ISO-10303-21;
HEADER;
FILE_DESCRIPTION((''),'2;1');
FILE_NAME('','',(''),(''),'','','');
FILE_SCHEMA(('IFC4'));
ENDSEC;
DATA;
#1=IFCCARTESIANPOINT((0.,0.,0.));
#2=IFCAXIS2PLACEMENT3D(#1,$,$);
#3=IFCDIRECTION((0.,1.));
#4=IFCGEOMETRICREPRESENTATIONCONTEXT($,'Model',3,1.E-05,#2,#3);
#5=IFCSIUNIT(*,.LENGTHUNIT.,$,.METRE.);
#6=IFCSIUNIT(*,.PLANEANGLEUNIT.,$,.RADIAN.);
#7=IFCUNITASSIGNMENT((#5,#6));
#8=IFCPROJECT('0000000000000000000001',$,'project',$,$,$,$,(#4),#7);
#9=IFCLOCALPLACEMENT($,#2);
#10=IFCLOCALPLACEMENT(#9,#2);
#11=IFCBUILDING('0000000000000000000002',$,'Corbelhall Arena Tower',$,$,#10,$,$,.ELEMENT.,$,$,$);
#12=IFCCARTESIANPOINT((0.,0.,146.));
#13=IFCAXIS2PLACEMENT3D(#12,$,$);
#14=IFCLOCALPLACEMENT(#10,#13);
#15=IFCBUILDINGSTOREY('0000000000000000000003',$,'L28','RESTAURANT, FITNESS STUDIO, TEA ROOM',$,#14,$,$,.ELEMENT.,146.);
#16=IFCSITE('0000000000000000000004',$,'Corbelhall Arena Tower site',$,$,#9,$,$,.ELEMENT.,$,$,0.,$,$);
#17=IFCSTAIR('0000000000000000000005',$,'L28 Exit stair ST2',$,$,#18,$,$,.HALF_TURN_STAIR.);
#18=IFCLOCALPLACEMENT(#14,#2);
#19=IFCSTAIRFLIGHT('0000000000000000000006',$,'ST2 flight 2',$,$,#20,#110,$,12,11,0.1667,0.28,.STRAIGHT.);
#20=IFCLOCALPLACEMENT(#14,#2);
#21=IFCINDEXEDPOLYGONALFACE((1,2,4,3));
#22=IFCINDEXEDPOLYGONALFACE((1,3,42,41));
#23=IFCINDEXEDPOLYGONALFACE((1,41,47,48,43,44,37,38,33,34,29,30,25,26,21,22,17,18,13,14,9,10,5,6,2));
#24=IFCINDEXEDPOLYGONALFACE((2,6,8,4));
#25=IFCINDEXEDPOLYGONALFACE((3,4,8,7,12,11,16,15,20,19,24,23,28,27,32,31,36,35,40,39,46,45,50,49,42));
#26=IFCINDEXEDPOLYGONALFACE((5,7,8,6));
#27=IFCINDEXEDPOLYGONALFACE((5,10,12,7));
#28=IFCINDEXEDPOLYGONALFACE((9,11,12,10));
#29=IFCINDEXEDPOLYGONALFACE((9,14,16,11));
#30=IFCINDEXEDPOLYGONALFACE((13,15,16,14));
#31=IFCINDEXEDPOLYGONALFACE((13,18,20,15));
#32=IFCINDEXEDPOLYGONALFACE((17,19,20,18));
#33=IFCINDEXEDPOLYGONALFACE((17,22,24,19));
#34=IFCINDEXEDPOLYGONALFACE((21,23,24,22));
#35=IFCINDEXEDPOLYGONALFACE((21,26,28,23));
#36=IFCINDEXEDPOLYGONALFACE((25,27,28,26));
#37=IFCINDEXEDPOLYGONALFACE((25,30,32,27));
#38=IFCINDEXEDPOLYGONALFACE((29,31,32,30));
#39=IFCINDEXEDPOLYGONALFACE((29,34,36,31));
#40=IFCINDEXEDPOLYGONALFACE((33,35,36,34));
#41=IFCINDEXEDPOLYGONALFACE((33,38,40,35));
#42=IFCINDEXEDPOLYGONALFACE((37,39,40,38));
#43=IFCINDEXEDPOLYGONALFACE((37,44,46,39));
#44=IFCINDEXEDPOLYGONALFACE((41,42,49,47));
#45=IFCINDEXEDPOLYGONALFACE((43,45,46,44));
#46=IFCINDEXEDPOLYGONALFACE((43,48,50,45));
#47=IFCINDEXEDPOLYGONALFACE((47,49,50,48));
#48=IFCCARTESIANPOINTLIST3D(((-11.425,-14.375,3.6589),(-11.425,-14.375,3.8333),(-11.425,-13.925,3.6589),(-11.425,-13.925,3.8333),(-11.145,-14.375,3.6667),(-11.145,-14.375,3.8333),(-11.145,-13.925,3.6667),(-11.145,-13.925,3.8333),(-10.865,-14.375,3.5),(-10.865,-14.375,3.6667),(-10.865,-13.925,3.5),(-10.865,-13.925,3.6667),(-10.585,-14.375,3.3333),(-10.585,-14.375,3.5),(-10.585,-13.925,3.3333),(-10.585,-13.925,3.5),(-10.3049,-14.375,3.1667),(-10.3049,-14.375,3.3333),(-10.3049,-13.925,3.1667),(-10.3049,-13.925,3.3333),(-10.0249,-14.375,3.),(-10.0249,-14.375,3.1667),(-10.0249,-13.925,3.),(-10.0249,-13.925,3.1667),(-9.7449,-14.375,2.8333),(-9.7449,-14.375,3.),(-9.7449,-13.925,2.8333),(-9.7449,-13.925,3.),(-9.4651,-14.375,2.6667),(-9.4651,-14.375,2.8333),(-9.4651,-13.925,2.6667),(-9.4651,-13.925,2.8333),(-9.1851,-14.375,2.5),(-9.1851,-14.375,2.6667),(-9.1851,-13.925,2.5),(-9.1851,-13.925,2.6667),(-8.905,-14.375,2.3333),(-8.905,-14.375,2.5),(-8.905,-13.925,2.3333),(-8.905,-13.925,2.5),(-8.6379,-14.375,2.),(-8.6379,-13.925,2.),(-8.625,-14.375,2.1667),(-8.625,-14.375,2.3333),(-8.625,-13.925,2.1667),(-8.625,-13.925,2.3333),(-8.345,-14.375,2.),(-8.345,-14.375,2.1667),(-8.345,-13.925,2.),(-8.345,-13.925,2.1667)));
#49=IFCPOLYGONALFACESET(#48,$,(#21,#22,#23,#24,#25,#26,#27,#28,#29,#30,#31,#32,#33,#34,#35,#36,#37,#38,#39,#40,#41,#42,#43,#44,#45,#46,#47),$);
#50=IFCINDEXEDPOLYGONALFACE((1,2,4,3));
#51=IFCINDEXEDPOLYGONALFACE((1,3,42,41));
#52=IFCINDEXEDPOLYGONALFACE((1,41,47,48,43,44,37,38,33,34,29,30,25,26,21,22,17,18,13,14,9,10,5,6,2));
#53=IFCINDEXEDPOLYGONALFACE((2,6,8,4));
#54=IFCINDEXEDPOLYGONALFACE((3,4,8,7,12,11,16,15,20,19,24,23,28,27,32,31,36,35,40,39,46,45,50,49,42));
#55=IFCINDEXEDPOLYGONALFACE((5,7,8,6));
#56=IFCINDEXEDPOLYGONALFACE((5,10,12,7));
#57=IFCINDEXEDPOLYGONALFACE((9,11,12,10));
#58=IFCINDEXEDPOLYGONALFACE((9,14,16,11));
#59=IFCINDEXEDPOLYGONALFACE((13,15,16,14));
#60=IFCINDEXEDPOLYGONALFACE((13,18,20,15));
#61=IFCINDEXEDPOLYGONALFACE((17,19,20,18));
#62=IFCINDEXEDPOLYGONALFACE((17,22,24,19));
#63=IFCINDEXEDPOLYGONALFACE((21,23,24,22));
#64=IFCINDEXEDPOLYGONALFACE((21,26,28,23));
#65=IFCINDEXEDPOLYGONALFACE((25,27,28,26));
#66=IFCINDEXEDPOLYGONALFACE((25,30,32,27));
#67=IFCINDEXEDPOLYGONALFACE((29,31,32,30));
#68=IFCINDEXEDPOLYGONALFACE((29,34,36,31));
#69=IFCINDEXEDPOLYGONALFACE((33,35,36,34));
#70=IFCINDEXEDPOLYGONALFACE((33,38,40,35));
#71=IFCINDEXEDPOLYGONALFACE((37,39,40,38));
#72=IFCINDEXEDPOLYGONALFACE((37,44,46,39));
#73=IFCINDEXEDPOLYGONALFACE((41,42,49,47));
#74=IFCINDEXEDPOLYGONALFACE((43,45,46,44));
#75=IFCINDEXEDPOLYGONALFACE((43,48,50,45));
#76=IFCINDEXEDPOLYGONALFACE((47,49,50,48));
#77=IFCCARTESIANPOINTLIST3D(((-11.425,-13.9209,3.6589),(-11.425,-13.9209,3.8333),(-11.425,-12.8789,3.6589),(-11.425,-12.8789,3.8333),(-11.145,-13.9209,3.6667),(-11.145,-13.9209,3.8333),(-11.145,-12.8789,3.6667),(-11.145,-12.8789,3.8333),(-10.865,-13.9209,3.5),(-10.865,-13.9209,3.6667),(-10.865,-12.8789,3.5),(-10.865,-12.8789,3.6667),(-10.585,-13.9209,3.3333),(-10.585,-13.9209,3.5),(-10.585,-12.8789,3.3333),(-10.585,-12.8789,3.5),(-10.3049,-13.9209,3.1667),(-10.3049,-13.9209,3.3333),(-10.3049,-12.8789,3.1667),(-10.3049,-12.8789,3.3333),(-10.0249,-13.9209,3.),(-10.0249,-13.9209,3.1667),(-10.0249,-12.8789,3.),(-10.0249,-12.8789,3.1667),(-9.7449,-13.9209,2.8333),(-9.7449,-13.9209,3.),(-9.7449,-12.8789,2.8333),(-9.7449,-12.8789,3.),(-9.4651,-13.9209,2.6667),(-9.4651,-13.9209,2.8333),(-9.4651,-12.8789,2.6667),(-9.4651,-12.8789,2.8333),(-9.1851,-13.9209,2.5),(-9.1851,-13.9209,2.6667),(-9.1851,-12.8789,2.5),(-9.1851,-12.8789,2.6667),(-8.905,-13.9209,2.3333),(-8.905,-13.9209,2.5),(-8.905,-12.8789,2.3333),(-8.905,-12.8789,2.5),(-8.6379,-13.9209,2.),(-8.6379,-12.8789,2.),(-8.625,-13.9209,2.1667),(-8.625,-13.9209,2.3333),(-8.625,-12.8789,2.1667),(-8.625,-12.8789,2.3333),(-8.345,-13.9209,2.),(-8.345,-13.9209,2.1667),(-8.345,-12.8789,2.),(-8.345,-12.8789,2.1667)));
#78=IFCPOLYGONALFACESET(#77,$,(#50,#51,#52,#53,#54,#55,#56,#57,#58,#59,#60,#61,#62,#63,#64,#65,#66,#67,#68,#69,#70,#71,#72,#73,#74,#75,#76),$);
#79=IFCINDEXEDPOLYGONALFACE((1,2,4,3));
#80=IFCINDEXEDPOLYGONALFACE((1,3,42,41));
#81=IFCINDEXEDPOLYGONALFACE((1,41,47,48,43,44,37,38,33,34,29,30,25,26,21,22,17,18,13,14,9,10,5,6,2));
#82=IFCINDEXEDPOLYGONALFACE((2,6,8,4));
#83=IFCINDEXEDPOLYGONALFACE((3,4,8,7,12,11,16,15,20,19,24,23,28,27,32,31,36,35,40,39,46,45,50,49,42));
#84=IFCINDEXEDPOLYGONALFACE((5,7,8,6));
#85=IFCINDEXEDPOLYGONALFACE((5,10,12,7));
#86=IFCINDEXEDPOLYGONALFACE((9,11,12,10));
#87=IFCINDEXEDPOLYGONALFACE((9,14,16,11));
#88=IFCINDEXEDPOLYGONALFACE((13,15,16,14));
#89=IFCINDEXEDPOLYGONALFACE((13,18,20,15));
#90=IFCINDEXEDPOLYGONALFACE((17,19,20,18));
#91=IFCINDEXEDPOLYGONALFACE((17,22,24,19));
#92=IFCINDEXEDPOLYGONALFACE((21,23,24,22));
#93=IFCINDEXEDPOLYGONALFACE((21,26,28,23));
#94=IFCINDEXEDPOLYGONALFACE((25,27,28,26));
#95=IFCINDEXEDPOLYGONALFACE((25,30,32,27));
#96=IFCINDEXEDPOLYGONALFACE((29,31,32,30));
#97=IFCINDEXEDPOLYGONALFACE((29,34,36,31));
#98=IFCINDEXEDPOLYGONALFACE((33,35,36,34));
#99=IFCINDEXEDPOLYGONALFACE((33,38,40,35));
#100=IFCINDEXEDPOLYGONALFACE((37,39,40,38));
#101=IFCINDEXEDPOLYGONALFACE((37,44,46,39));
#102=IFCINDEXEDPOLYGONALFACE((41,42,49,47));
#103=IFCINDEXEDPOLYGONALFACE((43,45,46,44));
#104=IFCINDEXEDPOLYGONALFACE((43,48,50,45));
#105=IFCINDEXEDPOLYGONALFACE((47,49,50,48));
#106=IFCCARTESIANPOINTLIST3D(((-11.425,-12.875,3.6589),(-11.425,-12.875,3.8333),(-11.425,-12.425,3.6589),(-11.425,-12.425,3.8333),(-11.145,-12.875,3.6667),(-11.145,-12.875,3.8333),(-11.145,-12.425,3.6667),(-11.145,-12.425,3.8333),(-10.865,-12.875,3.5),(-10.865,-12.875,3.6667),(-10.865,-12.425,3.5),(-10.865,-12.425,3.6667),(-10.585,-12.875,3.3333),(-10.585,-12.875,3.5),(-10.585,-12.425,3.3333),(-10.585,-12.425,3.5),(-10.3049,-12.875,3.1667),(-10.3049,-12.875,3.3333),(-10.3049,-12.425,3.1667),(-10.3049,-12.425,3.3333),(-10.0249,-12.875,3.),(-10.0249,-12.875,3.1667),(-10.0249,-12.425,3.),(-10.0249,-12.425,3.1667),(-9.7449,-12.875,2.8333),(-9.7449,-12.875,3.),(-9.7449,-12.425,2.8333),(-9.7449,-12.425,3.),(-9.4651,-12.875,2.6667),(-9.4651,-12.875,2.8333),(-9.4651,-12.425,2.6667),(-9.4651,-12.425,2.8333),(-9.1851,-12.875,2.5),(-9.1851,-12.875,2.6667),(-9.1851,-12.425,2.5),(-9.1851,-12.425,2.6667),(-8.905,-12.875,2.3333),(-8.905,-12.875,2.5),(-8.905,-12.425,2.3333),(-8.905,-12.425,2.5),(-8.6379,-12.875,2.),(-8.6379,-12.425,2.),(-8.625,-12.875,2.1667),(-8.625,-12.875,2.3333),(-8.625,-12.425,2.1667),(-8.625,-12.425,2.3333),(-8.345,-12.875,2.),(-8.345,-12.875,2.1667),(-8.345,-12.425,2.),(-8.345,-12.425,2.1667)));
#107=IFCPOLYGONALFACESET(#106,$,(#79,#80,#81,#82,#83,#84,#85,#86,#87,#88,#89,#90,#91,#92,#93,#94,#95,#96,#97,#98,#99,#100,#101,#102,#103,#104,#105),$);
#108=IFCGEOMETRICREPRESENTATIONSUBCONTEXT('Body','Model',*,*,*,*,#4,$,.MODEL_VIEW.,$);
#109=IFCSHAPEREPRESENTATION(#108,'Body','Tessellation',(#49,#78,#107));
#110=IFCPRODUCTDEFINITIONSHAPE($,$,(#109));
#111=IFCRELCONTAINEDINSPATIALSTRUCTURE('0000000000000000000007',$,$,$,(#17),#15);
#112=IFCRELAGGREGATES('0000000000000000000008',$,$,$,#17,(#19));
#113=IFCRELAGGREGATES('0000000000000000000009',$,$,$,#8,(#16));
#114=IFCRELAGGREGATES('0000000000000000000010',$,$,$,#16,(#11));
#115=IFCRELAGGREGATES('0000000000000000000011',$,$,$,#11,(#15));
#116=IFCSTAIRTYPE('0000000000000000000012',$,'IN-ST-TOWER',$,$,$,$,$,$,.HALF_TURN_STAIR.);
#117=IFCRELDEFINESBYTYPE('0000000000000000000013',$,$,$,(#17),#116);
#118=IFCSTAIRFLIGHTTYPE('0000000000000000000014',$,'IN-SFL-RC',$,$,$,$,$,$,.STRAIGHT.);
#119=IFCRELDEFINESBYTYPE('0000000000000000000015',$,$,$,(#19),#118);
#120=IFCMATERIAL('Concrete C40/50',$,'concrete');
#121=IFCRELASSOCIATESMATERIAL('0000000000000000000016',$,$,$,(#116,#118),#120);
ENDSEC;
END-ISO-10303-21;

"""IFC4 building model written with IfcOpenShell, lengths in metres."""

from ifc_helpers import new_model, si_unit, direction, frame, origin, place, context, subcontext, project, spatial, polyline, outline, extrude, material, type_object, element, aggregate, save


model = new_model("IFC4")

# Units and contexts
model_context = context("Model", 3, precision=1e-05, world=origin(), true_north=direction((0.0, 1.0)))
body_context = subcontext(model_context, "Body", "Model", "MODEL_VIEW")
ifc_project = project(units=[si_unit("LENGTHUNIT", "METRE"), si_unit("PLANEANGLEUNIT", "RADIAN")], contexts=[model_context])

# Site, building, storey
site_placement = place(None, origin())
site = spatial("IfcSite", under=ifc_project, at=site_placement, Name="Corbelhall Arena Tower site", CompositionType="ELEMENT", RefElevation=0.0)
building_placement = place(site_placement, origin())
building = spatial("IfcBuilding", under=site, at=building_placement, Name="Corbelhall Arena Tower", CompositionType="ELEMENT")
storey_placement = place(building_placement, frame((0.0, 0.0, 146.0)))
storey = spatial("IfcBuildingStorey", under=building, at=storey_placement, Name="L28", Description="RESTAURANT, FITNESS STUDIO, TEA ROOM", CompositionType="ELEMENT", Elevation=146.0)

# Shared definitions
ifc_material_1 = material(Name="Concrete C40/50", Category="concrete")

# Stair, stair flight
stair_type = type_object("IfcStairType", Name="IN-ST-TOWER", PredefinedType="HALF_TURN_STAIR", material=ifc_material_1)
stair_placement = place(storey_placement, origin())
stair = element("IfcStair", 1, at=stair_placement, inside=storey, type_object=stair_type, Name="L28 Exit stair ST2", PredefinedType="HALF_TURN_STAIR")
stair_flight_type = type_object("IfcStairFlightType", Name="IN-SFL-RC", PredefinedType="STRAIGHT", material=ifc_material_1)
stair_flight_placement = place(storey_placement, frame((-8.345, -13.3999, 2.0), z_axis=(0.0, 0.0, 1.0), x_axis=(-1.0, 0.0, 0.0)))
stair_flight = element("IfcStairFlight", 2, at=stair_flight_placement, type_object=stair_flight_type, Name="ST2 flight 2", NumberOfRisers=12, NumberOfTreads=11, PredefinedType="STRAIGHT", RiserHeight=0.1667, TreadLength=0.28, context=body_context, shape_type="SweptSolid", body=[
    extrude(outline(polyline([(0.0, 0.0), (0.0, 0.1667), (0.28, 0.1667), (0.28, 0.3333), (0.5601, 0.3333), (0.5601, 0.5), (0.8401, 0.5), (0.8401, 0.6667), (1.1201, 0.6667), (1.1201, 0.8333), (1.3999, 0.8333), (1.3999, 1.0), (1.6799, 1.0), (1.6799, 1.1667), (1.96, 1.1667), (1.96, 1.3333), (2.24, 1.3333), (2.24, 1.5), (2.52, 1.5), (2.52, 1.6667), (2.8, 1.6667), (2.8, 1.8333), (3.0801, 1.8333), (3.0801, 2.0), (3.0801, 1.6589), (0.293, 0.0), (0.0, 0.0)])), frame((0.0, 0.9751, 0.0), z_axis=(0.0, -1.0, 0.0), x_axis=(1.0, 0.0, 0.0)), (0.0, 0.0, 1.0), 0.45),
    extrude(outline(polyline([(0.0, 0.0), (0.0, 0.1667), (0.28, 0.1667), (0.28, 0.3333), (0.5601, 0.3333), (0.5601, 0.5), (0.8401, 0.5), (0.8401, 0.6667), (1.1201, 0.6667), (1.1201, 0.8333), (1.3999, 0.8333), (1.3999, 1.0), (1.6799, 1.0), (1.6799, 1.1667), (1.96, 1.1667), (1.96, 1.3333), (2.24, 1.3333), (2.24, 1.5), (2.52, 1.5), (2.52, 1.6667), (2.8, 1.6667), (2.8, 1.8333), (3.0801, 1.8333), (3.0801, 2.0), (3.0801, 1.6589), (0.293, 0.0), (0.0, 0.0)])), frame((0.0, 0.521, 0.0), z_axis=(0.0, -1.0, 0.0), x_axis=(1.0, 0.0, 0.0)), (0.0, 0.0, 1.0), 1.042),
    extrude(outline(polyline([(0.0, 0.0), (0.0, 0.1667), (0.28, 0.1667), (0.28, 0.3333), (0.5601, 0.3333), (0.5601, 0.5), (0.8401, 0.5), (0.8401, 0.6667), (1.1201, 0.6667), (1.1201, 0.8333), (1.3999, 0.8333), (1.3999, 1.0), (1.6799, 1.0), (1.6799, 1.1667), (1.96, 1.1667), (1.96, 1.3333), (2.24, 1.3333), (2.24, 1.5), (2.52, 1.5), (2.52, 1.6667), (2.8, 1.6667), (2.8, 1.8333), (3.0801, 1.8333), (3.0801, 2.0), (3.0801, 1.6589), (0.293, 0.0), (0.0, 0.0)])), frame((0.0, -0.5249, 0.0), z_axis=(0.0, -1.0, 0.0), x_axis=(1.0, 0.0, 0.0)), (0.0, 0.0, 1.0), 0.45),
])
aggregate(stair, [stair_flight])

save(model, "model.ifc")
